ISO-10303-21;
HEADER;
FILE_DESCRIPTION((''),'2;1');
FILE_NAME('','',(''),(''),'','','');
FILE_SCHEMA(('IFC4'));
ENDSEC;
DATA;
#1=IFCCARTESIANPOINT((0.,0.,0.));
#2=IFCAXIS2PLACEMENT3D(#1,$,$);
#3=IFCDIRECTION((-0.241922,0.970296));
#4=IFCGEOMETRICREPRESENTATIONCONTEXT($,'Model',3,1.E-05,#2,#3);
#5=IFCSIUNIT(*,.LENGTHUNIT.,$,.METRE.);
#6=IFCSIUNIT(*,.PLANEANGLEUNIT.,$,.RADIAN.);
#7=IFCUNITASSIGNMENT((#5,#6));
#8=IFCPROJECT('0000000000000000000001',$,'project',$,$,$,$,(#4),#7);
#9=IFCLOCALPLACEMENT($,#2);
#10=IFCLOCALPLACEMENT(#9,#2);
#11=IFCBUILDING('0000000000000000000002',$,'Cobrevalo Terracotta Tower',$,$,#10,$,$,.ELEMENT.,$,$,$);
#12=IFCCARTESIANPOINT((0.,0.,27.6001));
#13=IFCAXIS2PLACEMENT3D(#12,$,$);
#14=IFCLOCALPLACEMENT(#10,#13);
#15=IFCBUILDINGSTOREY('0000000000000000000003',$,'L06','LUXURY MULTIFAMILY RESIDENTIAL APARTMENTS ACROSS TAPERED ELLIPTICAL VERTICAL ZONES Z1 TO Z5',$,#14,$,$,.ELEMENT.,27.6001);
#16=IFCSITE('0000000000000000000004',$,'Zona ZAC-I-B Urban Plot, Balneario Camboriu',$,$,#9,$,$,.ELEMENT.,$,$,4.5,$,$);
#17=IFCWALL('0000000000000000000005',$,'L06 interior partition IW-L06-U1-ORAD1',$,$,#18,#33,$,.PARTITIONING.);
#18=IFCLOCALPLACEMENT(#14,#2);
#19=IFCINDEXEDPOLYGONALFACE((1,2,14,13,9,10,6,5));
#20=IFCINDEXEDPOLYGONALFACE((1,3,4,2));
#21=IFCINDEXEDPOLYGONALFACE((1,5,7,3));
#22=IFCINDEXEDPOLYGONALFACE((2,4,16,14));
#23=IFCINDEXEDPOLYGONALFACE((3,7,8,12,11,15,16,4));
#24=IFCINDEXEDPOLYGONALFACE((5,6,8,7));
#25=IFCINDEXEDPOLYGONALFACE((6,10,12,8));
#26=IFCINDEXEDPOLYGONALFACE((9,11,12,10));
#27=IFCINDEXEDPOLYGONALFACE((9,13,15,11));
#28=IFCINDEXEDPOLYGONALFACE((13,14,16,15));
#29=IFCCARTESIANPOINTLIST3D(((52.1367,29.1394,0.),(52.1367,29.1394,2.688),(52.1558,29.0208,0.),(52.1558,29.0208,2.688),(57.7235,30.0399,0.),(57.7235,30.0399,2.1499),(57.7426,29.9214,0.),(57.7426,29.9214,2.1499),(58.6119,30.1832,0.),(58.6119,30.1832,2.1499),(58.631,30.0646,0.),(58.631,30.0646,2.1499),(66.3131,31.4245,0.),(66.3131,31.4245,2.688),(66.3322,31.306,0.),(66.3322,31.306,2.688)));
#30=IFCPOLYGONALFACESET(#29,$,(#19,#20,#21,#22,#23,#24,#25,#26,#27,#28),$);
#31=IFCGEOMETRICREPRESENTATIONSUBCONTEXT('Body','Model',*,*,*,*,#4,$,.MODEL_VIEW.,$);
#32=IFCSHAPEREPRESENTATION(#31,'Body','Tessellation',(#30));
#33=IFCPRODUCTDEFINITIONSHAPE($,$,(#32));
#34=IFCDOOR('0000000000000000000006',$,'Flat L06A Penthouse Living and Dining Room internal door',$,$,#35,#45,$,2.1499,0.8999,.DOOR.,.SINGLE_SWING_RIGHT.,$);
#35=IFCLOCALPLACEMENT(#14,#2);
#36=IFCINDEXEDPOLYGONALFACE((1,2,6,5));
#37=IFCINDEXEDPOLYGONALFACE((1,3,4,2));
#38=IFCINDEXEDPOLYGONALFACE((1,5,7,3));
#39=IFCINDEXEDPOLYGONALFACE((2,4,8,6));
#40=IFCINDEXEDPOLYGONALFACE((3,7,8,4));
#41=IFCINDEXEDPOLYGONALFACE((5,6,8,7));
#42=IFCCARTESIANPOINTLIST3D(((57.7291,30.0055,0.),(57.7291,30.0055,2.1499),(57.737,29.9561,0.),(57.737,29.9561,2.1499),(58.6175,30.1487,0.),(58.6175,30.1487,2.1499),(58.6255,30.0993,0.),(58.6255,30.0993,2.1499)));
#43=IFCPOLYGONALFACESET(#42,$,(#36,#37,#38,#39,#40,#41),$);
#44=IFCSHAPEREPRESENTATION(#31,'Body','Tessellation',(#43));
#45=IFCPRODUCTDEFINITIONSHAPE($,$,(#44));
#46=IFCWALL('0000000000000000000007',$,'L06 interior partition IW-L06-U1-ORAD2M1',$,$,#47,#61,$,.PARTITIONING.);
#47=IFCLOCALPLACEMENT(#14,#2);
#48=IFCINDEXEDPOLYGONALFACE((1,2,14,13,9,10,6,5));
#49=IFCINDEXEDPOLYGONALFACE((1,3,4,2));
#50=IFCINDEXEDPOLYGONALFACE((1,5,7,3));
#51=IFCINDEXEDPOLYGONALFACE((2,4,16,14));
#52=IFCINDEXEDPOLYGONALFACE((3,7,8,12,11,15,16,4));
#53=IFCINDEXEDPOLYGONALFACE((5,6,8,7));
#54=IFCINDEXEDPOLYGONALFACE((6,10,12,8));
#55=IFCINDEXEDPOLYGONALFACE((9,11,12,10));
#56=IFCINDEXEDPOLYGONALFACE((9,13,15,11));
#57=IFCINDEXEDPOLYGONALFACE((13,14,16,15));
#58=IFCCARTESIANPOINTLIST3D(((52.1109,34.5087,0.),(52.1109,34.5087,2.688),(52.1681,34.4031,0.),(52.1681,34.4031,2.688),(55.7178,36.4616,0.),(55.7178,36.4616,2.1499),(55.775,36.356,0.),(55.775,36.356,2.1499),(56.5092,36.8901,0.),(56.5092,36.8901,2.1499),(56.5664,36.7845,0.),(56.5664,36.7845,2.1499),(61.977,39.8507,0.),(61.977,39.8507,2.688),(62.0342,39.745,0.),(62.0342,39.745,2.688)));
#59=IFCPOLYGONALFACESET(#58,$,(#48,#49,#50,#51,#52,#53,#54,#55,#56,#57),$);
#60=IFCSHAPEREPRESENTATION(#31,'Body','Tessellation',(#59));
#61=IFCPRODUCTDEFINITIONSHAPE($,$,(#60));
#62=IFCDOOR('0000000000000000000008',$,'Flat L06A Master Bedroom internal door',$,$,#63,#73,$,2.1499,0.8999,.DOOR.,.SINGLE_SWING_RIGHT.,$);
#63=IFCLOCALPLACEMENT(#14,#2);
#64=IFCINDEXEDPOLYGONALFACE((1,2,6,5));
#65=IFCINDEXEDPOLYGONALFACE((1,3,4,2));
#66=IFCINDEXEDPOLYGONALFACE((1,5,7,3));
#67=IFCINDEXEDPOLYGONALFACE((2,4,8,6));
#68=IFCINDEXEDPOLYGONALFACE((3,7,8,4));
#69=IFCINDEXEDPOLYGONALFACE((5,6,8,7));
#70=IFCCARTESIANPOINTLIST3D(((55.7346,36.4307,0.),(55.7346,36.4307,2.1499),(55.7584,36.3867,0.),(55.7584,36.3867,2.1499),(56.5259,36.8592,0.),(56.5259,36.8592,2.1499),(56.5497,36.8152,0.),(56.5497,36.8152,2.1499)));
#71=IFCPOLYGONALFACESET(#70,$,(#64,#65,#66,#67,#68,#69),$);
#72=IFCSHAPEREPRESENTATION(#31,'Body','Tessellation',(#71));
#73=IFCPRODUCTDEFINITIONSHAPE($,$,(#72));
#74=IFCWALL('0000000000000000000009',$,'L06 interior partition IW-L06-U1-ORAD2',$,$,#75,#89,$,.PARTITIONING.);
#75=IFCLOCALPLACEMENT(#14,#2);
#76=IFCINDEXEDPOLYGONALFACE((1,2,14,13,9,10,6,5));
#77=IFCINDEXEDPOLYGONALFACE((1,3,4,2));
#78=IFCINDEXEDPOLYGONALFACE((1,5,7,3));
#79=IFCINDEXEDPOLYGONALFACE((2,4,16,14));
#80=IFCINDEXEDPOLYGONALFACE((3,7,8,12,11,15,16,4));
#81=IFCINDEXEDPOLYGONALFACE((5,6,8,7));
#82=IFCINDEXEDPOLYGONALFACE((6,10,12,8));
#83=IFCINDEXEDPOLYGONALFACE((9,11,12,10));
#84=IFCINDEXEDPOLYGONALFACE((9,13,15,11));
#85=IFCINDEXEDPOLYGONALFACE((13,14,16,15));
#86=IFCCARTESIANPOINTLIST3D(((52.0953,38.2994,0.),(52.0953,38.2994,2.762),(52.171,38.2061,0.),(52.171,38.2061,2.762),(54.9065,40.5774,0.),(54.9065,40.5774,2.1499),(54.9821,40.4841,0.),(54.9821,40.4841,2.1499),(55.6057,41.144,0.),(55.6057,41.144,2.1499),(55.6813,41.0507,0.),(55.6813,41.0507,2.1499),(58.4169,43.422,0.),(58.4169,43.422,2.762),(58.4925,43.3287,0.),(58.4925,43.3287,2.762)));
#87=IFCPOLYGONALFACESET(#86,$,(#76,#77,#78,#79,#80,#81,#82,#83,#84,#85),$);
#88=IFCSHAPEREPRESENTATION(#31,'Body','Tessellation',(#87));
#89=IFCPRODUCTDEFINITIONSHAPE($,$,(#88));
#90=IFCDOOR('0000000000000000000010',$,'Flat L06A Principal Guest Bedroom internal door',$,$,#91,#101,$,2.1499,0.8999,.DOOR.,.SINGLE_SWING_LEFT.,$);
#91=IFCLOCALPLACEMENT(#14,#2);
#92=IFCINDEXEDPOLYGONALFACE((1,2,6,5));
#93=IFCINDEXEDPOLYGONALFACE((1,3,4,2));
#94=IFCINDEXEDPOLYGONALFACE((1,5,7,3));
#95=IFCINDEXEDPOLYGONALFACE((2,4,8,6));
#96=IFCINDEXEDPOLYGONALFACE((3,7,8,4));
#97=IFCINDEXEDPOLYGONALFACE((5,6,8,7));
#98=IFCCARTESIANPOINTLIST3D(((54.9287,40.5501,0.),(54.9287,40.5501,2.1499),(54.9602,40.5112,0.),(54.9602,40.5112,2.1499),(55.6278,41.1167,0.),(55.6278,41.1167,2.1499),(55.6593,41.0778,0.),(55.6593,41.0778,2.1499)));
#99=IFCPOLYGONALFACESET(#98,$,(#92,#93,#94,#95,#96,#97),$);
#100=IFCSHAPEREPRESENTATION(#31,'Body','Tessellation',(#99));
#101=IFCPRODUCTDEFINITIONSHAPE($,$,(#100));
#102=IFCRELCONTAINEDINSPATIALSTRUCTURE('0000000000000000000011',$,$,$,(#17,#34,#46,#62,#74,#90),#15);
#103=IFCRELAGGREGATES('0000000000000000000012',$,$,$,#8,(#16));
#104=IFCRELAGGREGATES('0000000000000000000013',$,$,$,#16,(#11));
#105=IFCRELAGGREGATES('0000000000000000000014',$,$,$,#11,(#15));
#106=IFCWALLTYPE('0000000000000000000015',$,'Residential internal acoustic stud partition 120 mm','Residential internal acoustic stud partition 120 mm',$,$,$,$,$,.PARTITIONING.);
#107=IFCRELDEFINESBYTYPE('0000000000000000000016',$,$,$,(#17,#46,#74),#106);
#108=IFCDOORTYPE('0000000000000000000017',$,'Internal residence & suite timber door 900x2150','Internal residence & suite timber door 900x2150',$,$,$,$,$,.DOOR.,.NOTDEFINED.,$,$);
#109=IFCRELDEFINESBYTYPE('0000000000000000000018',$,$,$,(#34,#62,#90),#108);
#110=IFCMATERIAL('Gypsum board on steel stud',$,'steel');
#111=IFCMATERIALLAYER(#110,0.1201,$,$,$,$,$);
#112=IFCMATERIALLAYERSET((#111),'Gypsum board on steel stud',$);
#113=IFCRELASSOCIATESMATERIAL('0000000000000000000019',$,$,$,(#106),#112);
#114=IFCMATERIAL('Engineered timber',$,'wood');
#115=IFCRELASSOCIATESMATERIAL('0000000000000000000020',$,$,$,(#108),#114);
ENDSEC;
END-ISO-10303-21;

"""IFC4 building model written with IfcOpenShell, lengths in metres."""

from ifc_helpers import new_model, si_unit, direction, frame, frame_2d, origin, place, context, subcontext, project, spatial, rectangle, extrude, source, transform, mapped, material, layer, layer_set, type_object, element, fill, save


model = new_model("IFC4")

# Units and contexts
model_context = context("Model", 3, precision=1e-05, world=origin(), true_north=direction((-0.241922, 0.970296)))
body_context = subcontext(model_context, "Body", "Model", "MODEL_VIEW")
ifc_project = project(units=[si_unit("LENGTHUNIT", "METRE"), si_unit("PLANEANGLEUNIT", "RADIAN")], contexts=[model_context])

# Site, building, storey
site_placement = place(None, origin())
site = spatial("IfcSite", under=ifc_project, at=site_placement, Name="Zona ZAC-I-B Urban Plot, Balneario Camboriu", CompositionType="ELEMENT", RefElevation=4.5)
building_placement = place(site_placement, origin())
building = spatial("IfcBuilding", under=site, at=building_placement, Name="Cobrevalo Terracotta Tower", CompositionType="ELEMENT")
storey_placement = place(building_placement, frame((0.0, 0.0, 27.6001)))
storey = spatial("IfcBuildingStorey", under=building, at=storey_placement, Name="L06", Description="LUXURY MULTIFAMILY RESIDENTIAL APARTMENTS ACROSS TAPERED ELLIPTICAL VERTICAL ZONES Z1 TO Z5", CompositionType="ELEMENT", Elevation=27.6001)

# Walls, openings, doors
ifc_material_1 = material(Name="Gypsum board on steel stud", Category="steel")
ifc_layer_1 = layer(ifc_material_1, 0.1201)
ifc_layer_set_1 = layer_set([ifc_layer_1], Name="Gypsum board on steel stud")
wall_type_1 = type_object("IfcWallType", Name="Residential internal acoustic stud partition 120 mm", Description="Residential internal acoustic stud partition 120 mm", PredefinedType="PARTITIONING", material=ifc_layer_set_1)
wall_1_placement = place(storey_placement, frame((52.1462, 29.0801, 0.0), z_axis=(0.0, 0.0, 1.0), x_axis=(0.987256, 0.159142, 0.0)))
wall_1 = element("IfcWall", 1, at=wall_1_placement, inside=storey, type_object=wall_type_1, Name="L06 interior partition IW-L06-U1-ORAD1", PredefinedType="PARTITIONING", context=body_context, shape_type="SweptSolid", body=[
    extrude(rectangle(XDim=14.3594, YDim=0.1201, at=frame_2d((7.1797, 0.0))), origin(), (0.0, 0.0, 1.0), 2.688),
])
opening_1_placement = place(wall_1_placement, frame((5.6589, 0.0, 0.0)))
opening_1 = element("IfcOpeningElement", 2, at=opening_1_placement, cuts=wall_1, PredefinedType="OPENING", context=body_context, shape_type="SweptSolid", body=[
    extrude(rectangle(XDim=0.8999, YDim=2.1499, at=frame_2d((0.45, 1.075))), frame((0.0, 0.0701, 0.0), z_axis=(0.0, -1.0, 0.0), x_axis=(1.0, 0.0, 0.0)), (0.0, 0.0, 1.0), 0.1401),
])
ifc_material_2 = material(Name="Engineered timber", Category="wood")
door_type_1 = type_object("IfcDoorType", Name="Internal residence & suite timber door 900x2150", Description="Internal residence & suite timber door 900x2150", OperationType="NOTDEFINED", PredefinedType="DOOR", material=ifc_material_2)
shared_shape_1 = source(origin(), body_context, "Body", "SweptSolid", [
    extrude(rectangle(XDim=0.8999, YDim=2.1499, at=frame_2d((0.45, 1.075))), frame((0.0, 0.0249, 0.0), z_axis=(0.0, -1.0, 0.0), x_axis=(1.0, 0.0, 0.0)), (0.0, 0.0, 1.0), 0.05),
])
door_1_placement = place(opening_1_placement, frame((0.8999, 0.0, 0.0), z_axis=(0.0, 0.0, 1.0), x_axis=(-1.0, 0.0, 0.0)))
door_1 = element("IfcDoor", 3, at=door_1_placement, inside=storey, type_object=door_type_1, Name="Flat L06A Penthouse Living and Dining Room internal door", OperationType="SINGLE_SWING_RIGHT", OverallHeight=2.1499, OverallWidth=0.8999, PredefinedType="DOOR", context=body_context, shape_type="MappedRepresentation", body=[
    mapped(shared_shape_1, transform((0.0, 0.0, 0.0), scale=1.0)),
])
fill(opening_1, door_1)
wall_2_placement = place(storey_placement, frame((52.1394, 34.4558, 0.0), z_axis=(0.0, 0.0, 1.0), x_axis=(0.879372, 0.476135, 0.0)))
wall_2 = element("IfcWall", 4, at=wall_2_placement, inside=storey, type_object=wall_type_1, Name="L06 interior partition IW-L06-U1-ORAD2M1", PredefinedType="PARTITIONING", context=body_context, shape_type="SweptSolid", body=[
    extrude(rectangle(XDim=11.2195, YDim=0.1201, at=frame_2d((5.6099, 0.0))), origin(), (0.0, 0.0, 1.0), 2.688),
])
opening_2_placement = place(wall_2_placement, frame((4.1018, 0.0, 0.0)))
opening_2 = element("IfcOpeningElement", 5, at=opening_2_placement, cuts=wall_2, PredefinedType="OPENING", context=body_context, shape_type="SweptSolid", body=[
    extrude(rectangle(XDim=0.8999, YDim=2.1499, at=frame_2d((0.45, 1.075))), frame((0.0, 0.0701, 0.0), z_axis=(0.0, -1.0, 0.0), x_axis=(1.0, 0.0, 0.0)), (0.0, 0.0, 1.0), 0.1401),
])
door_2_placement = place(opening_2_placement, origin())
door_2 = element("IfcDoor", 6, at=door_2_placement, inside=storey, type_object=door_type_1, Name="Flat L06A Master Bedroom internal door", OperationType="SINGLE_SWING_RIGHT", OverallHeight=2.1499, OverallWidth=0.8999, PredefinedType="DOOR", context=body_context, shape_type="MappedRepresentation", body=[
    mapped(shared_shape_1, transform((0.0, 0.0, 0.0), scale=1.0)),
])
fill(opening_2, door_2)
wall_3_placement = place(storey_placement, frame((52.1331, 38.2527, 0.0), z_axis=(0.0, 0.0, 1.0), x_axis=(0.776937, 0.629579, 0.0)))
wall_3 = element("IfcWall", 7, at=wall_3_placement, inside=storey, type_object=wall_type_1, Name="L06 interior partition IW-L06-U1-ORAD2", PredefinedType="PARTITIONING", context=body_context, shape_type="SweptSolid", body=[
    extrude(rectangle(XDim=8.1365, YDim=0.1201, at=frame_2d((4.0684, 0.0))), origin(), (0.0, 0.0, 1.0), 2.762),
])
opening_3_placement = place(wall_3_placement, frame((3.6184, 0.0, 0.0)))
opening_3 = element("IfcOpeningElement", 8, at=opening_3_placement, cuts=wall_3, PredefinedType="OPENING", context=body_context, shape_type="SweptSolid", body=[
    extrude(rectangle(XDim=0.8999, YDim=2.1499, at=frame_2d((0.45, 1.075))), frame((0.0, 0.0701, 0.0), z_axis=(0.0, -1.0, 0.0), x_axis=(1.0, 0.0, 0.0)), (0.0, 0.0, 1.0), 0.1401),
])
door_3_placement = place(opening_3_placement, origin())
door_3 = element("IfcDoor", 9, at=door_3_placement, inside=storey, type_object=door_type_1, Name="Flat L06A Principal Guest Bedroom internal door", OperationType="SINGLE_SWING_LEFT", OverallHeight=2.1499, OverallWidth=0.8999, PredefinedType="DOOR", context=body_context, shape_type="MappedRepresentation", body=[
    mapped(shared_shape_1, transform((0.0, 0.0, 0.0), scale=1.0)),
])
fill(opening_3, door_3)

save(model, "model.ifc")
